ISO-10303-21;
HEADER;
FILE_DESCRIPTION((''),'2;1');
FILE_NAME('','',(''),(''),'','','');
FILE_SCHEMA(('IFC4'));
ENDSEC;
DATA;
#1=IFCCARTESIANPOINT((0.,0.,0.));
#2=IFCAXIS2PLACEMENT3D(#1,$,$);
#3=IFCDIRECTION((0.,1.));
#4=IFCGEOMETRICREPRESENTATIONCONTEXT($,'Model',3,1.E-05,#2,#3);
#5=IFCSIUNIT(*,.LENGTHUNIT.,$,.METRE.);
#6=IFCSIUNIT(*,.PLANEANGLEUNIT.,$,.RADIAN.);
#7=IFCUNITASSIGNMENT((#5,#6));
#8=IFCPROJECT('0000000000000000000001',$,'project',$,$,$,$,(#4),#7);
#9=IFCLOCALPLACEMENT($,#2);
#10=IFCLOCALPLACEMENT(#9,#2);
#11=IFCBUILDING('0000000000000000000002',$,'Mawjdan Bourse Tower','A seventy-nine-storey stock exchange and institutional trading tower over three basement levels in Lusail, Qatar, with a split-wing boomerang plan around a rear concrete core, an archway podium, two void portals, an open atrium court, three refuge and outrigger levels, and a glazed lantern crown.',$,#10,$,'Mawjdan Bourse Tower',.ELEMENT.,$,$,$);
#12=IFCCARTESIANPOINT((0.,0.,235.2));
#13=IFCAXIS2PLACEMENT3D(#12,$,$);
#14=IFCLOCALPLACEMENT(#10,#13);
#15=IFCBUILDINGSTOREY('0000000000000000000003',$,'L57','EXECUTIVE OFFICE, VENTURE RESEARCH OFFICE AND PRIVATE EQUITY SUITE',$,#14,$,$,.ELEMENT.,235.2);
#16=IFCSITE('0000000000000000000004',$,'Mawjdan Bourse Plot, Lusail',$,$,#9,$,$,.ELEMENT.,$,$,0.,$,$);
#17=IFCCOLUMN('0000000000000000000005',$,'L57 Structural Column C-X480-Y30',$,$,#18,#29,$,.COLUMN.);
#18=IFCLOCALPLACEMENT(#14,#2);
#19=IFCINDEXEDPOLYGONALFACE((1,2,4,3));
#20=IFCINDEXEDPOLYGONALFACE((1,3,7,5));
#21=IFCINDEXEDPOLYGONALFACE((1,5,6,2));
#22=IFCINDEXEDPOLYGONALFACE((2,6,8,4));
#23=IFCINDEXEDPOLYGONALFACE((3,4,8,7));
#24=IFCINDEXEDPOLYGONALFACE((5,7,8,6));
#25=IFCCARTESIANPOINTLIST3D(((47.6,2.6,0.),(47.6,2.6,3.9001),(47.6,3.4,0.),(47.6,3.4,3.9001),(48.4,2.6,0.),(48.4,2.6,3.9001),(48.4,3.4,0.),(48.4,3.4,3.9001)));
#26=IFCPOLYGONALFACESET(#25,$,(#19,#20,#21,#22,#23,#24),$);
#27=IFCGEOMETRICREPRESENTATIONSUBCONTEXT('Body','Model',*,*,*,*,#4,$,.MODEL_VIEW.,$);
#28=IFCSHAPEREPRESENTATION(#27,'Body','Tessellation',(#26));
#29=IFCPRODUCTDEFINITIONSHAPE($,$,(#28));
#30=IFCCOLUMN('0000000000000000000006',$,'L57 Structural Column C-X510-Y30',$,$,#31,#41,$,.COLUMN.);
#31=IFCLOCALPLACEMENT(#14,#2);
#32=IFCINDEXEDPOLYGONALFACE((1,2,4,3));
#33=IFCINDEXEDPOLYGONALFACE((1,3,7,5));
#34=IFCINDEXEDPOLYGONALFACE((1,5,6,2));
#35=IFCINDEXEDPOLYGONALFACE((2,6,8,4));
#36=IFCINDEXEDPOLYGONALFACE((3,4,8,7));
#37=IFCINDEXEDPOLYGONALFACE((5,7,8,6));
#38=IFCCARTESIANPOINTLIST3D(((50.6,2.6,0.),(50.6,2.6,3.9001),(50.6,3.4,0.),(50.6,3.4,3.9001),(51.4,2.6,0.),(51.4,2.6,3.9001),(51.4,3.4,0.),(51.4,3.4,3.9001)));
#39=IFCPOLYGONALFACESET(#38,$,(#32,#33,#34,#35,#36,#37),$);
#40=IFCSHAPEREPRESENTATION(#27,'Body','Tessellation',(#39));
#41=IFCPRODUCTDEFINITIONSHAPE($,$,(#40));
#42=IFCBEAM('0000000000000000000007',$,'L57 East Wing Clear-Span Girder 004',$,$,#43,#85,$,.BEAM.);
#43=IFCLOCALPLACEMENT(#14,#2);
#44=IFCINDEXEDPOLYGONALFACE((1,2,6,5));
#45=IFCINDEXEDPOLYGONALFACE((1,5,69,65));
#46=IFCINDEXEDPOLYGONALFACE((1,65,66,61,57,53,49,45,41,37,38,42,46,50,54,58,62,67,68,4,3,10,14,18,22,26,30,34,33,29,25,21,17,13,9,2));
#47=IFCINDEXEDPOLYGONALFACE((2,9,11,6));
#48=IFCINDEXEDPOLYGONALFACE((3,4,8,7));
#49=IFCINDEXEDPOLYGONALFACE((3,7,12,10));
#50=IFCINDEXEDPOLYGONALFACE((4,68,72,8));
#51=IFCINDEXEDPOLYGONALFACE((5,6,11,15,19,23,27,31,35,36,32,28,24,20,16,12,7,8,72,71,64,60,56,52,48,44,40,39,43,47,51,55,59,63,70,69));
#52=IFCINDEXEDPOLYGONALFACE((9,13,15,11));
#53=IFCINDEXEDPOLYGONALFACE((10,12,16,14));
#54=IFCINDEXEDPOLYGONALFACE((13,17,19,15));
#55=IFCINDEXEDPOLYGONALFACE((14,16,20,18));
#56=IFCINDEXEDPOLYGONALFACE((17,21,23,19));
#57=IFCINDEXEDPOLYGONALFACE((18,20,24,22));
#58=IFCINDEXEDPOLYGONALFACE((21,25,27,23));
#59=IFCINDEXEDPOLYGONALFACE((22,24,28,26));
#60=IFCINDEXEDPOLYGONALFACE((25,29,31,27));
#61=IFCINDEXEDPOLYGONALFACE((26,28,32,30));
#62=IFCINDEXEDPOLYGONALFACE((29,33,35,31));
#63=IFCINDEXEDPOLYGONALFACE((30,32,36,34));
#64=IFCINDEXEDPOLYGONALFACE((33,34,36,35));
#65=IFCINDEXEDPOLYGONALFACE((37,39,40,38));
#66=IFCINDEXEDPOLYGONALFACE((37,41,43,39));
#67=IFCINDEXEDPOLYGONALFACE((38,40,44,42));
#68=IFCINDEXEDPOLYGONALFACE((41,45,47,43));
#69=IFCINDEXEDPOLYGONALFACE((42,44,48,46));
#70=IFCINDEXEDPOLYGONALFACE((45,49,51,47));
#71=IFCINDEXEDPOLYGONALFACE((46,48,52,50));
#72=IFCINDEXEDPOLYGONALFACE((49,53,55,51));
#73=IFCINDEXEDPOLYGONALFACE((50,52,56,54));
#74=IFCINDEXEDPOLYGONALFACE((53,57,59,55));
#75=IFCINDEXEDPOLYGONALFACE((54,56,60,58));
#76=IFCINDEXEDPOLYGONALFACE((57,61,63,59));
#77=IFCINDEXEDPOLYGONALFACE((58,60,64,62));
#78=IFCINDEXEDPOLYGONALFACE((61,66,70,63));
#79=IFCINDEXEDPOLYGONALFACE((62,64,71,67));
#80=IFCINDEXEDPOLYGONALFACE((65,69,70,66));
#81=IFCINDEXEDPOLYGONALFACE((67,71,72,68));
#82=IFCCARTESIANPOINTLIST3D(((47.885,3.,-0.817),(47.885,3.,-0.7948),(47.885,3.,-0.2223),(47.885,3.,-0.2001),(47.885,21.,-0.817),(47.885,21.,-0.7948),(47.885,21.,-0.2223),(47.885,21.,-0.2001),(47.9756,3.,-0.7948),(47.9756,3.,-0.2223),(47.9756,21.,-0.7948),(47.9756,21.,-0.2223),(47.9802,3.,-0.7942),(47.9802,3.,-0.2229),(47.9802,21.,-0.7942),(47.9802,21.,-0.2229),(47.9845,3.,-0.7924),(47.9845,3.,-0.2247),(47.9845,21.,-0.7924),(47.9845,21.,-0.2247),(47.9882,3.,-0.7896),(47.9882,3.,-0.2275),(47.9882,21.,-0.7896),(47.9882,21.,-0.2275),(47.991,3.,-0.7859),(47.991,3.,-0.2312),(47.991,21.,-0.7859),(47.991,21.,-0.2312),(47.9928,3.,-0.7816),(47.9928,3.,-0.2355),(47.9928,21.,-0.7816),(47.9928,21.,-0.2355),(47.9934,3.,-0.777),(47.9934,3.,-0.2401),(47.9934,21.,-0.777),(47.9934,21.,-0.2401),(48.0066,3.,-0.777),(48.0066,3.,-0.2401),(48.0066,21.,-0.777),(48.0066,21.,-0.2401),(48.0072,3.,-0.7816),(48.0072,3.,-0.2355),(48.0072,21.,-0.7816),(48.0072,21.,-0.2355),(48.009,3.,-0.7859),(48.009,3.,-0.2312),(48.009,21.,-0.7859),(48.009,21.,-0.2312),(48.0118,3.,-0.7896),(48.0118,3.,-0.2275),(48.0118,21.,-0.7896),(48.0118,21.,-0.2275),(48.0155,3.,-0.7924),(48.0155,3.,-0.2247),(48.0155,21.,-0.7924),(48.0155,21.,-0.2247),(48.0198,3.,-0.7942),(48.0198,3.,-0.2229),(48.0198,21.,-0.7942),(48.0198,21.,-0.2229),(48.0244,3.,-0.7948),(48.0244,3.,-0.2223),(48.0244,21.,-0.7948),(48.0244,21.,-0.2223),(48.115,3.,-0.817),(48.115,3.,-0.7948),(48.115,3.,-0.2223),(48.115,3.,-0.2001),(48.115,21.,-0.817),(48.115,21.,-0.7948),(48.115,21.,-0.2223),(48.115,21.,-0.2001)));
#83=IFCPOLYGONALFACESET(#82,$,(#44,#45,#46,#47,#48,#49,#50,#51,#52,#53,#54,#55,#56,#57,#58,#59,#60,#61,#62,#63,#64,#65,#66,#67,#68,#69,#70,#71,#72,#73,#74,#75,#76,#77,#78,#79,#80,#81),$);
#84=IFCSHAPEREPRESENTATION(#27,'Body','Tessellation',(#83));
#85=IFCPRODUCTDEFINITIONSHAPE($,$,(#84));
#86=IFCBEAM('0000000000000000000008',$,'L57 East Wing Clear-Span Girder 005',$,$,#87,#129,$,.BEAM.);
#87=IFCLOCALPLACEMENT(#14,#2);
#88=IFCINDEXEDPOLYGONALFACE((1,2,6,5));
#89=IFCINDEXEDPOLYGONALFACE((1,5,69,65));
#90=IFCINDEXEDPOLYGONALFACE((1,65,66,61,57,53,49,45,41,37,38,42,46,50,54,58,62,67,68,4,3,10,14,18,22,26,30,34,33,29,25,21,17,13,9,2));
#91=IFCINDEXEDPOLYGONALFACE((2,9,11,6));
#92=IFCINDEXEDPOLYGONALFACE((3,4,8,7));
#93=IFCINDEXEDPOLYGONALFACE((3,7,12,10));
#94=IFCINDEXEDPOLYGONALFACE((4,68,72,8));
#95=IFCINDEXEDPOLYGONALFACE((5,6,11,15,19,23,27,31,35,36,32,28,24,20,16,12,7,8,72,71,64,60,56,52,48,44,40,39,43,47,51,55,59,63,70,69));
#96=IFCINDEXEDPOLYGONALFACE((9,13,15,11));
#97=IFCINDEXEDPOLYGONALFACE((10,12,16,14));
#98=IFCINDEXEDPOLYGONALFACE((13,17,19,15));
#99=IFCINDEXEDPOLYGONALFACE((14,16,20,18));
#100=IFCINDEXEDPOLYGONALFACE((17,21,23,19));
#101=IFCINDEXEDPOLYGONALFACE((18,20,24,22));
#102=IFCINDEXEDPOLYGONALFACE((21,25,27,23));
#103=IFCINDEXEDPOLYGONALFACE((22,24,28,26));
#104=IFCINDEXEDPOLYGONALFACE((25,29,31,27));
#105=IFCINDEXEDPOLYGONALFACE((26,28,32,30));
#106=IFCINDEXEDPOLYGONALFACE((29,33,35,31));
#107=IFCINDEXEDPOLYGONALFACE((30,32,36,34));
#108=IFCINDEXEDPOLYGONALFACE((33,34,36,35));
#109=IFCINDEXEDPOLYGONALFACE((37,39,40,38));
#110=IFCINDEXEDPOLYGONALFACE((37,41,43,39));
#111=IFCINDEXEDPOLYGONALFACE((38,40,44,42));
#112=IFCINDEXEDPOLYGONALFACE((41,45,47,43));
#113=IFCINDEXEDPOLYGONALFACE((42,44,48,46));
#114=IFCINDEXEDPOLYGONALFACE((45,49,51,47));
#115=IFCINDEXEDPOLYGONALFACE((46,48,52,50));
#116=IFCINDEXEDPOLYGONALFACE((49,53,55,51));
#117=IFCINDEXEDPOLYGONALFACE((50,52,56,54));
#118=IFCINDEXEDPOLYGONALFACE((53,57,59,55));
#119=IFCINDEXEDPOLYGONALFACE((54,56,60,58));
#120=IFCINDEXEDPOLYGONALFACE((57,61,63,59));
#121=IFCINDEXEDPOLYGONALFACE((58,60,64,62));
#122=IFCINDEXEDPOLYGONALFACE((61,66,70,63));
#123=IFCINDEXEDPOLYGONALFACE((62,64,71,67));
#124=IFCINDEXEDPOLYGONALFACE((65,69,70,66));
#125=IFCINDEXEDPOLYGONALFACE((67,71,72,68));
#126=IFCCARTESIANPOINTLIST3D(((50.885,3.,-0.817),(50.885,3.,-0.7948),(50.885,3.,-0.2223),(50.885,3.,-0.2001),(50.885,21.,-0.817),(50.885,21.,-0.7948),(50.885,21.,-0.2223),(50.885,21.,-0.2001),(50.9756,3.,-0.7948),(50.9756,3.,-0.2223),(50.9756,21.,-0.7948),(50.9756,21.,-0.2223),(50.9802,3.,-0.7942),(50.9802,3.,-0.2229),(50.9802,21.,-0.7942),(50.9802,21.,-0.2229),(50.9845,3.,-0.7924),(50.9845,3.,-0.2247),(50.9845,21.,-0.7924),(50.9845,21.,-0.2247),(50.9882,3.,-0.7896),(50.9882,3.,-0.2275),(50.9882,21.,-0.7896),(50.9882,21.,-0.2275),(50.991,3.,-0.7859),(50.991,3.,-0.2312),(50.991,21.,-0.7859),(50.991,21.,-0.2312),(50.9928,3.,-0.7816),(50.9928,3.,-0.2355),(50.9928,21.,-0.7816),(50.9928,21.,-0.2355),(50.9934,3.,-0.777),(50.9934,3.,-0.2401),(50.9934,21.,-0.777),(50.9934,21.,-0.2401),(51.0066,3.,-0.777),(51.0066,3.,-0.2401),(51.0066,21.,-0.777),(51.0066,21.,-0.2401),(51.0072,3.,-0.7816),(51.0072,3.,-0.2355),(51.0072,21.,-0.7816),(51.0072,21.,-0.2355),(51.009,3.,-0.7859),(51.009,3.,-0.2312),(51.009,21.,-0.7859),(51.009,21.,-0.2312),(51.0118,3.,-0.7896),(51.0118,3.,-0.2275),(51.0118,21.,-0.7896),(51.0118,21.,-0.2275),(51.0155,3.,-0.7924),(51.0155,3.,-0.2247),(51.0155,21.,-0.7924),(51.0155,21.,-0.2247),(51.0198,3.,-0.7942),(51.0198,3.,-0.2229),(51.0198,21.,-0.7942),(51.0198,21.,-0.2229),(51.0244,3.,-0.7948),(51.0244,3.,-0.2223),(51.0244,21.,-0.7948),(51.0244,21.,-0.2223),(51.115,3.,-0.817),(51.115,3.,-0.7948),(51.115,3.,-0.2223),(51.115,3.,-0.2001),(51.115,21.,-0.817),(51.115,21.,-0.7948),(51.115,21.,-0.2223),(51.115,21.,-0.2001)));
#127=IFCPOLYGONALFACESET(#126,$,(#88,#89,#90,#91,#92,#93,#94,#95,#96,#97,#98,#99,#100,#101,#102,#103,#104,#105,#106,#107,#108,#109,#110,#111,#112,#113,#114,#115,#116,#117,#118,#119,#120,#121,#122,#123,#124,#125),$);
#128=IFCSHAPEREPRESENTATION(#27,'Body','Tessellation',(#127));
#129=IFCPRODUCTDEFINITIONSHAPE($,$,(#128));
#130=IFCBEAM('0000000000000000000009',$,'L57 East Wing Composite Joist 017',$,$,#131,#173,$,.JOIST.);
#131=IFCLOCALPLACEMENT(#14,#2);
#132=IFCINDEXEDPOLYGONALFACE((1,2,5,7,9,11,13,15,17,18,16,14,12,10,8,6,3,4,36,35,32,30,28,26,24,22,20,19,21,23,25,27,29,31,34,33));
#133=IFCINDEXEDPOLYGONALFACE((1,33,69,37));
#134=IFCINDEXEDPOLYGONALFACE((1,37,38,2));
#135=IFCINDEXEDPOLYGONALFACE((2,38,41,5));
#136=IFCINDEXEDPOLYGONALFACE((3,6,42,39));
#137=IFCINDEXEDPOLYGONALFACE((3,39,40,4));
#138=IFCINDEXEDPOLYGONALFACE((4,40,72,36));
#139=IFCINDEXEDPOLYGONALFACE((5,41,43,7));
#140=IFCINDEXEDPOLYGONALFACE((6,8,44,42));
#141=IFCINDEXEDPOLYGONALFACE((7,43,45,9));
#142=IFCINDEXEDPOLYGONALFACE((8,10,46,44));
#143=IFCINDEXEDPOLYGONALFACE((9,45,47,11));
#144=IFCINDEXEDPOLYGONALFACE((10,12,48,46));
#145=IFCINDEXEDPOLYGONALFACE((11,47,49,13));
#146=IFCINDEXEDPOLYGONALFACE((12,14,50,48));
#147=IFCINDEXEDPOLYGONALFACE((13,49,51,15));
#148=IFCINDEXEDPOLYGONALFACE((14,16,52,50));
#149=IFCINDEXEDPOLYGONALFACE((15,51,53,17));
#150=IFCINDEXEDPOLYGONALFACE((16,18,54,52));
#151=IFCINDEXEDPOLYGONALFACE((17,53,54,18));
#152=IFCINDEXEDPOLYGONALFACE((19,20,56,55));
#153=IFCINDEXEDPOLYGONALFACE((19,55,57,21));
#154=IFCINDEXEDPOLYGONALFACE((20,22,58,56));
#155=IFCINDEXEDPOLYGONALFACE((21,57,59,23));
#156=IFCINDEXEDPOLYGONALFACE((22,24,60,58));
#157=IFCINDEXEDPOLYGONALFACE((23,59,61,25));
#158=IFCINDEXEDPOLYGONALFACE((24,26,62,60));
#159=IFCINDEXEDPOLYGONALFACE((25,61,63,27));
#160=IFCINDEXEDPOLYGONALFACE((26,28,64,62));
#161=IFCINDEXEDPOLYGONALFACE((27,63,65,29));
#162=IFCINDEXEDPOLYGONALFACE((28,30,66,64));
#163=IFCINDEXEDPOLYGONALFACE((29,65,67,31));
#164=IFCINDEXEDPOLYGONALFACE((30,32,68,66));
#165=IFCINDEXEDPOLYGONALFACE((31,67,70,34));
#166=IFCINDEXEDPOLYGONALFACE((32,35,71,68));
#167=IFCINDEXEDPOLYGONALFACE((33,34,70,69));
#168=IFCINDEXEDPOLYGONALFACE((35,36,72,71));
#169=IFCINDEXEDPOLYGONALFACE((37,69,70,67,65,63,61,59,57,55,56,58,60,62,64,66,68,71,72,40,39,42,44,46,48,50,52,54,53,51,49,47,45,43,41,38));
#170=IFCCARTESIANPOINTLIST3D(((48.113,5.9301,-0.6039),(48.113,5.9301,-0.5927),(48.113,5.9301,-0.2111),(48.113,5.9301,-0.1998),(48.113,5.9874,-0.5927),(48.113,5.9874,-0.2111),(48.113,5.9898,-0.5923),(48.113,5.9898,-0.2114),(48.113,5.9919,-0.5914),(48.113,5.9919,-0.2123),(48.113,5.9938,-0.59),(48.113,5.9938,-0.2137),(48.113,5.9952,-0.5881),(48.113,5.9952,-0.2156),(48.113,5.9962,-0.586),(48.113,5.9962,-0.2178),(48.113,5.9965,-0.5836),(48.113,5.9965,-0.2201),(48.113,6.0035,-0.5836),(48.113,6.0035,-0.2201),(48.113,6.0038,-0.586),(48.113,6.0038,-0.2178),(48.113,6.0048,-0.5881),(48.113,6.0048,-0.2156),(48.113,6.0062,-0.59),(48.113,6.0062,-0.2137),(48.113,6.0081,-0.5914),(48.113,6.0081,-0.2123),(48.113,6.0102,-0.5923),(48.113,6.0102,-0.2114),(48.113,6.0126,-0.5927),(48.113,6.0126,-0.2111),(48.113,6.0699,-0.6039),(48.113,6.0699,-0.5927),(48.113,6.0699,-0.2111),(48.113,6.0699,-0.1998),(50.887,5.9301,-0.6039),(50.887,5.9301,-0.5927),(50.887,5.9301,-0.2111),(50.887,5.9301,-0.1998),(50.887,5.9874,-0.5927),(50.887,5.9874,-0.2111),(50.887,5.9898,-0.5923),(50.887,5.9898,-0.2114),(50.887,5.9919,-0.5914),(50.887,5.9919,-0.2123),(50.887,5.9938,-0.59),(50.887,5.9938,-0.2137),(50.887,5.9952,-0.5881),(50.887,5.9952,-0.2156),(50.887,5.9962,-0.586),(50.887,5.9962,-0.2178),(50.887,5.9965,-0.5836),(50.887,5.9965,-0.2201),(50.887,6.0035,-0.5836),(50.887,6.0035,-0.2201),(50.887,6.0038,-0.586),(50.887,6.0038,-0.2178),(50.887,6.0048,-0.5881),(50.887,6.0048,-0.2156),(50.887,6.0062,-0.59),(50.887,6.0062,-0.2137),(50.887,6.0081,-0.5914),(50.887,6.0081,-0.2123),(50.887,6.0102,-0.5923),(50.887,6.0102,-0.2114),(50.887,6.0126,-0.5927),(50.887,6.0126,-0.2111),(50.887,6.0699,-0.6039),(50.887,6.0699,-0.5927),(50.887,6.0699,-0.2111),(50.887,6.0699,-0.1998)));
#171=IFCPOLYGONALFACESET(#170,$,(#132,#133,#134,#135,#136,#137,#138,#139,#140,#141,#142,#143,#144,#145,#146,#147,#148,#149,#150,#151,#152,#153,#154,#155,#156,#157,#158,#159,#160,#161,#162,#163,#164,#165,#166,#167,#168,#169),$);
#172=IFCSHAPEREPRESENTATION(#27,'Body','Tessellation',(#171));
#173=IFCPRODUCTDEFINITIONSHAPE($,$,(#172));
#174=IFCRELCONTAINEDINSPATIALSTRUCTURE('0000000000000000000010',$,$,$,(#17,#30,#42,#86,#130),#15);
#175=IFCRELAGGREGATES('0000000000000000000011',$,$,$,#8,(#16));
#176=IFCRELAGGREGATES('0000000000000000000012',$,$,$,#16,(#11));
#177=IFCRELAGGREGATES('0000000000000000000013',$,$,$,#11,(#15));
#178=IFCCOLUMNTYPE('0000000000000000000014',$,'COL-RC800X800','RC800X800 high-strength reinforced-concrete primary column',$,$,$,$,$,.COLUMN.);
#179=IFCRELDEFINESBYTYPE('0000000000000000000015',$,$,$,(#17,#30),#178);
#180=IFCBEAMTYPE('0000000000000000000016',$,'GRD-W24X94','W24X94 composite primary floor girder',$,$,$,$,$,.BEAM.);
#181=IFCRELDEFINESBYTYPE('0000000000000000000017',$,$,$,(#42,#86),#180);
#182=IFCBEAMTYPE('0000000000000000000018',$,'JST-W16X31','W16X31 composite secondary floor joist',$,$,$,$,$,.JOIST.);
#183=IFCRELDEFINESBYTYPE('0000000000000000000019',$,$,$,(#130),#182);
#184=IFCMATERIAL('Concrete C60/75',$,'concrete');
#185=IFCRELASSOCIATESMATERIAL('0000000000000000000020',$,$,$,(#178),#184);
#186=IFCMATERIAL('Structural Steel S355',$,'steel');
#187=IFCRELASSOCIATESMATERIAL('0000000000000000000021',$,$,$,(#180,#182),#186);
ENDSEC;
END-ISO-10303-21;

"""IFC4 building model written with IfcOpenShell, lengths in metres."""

from ifc_helpers import new_model, si_unit, direction, frame, origin, origin_2d, place, context, subcontext, project, spatial, rectangle, i_section, extrude, material, material_profile, profile_set, type_object, element, save


model = new_model("IFC4")

# Units and contexts
model_context = context("Model", 3, precision=1e-05, world=origin(), true_north=direction((0.0, 1.0)))
body_context = subcontext(model_context, "Body", "Model", "MODEL_VIEW")
ifc_project = project(units=[si_unit("LENGTHUNIT", "METRE"), si_unit("PLANEANGLEUNIT", "RADIAN")], contexts=[model_context])

# Site, building, storey
site_placement = place(None, origin())
site = spatial("IfcSite", under=ifc_project, at=site_placement, Name="Mawjdan Bourse Plot, Lusail", CompositionType="ELEMENT", RefElevation=0.0)
building_placement = place(site_placement, origin())
building = spatial("IfcBuilding", under=site, at=building_placement, Name="Mawjdan Bourse Tower", Description="A seventy-nine-storey stock exchange and institutional trading tower over three basement levels in Lusail, Qatar, with a split-wing boomerang plan around a rear concrete core, an archway podium, two void portals, an open atrium court, three refuge and outrigger levels, and a glazed lantern crown.", LongName="Mawjdan Bourse Tower", CompositionType="ELEMENT")
storey_placement = place(building_placement, frame((0.0, 0.0, 235.2)))
storey = spatial("IfcBuildingStorey", under=building, at=storey_placement, Name="L57", Description="EXECUTIVE OFFICE, VENTURE RESEARCH OFFICE AND PRIVATE EQUITY SUITE", CompositionType="ELEMENT", Elevation=235.2)

# Columns
ifc_material_1 = material(Name="Concrete C60/75", Category="concrete")
ifc_material_profile_1 = material_profile(ifc_material_1, rectangle(XDim=0.8, YDim=0.8, at=origin_2d()), Name="RC800X800")
ifc_profile_set_1 = profile_set([ifc_material_profile_1], Name="Concrete C60/75")
column_type = type_object("IfcColumnType", Name="COL-RC800X800", Description="RC800X800 high-strength reinforced-concrete primary column", PredefinedType="COLUMN", material=ifc_profile_set_1)
for number, where, z_axis, x_axis, name in (
    (1, (48.0, 3.0, 0.0), (0.0, 0.0, 1.0), (1.0, 0.0, 0.0), "L57 Structural Column C-X480-Y30"),
    (2, (51.0, 3.0, 0.0), (0.0, 0.0, 1.0), (1.0, 0.0, 0.0), "L57 Structural Column C-X510-Y30"),
):
    element("IfcColumn", number, at=place(storey_placement, frame(where, z_axis=z_axis, x_axis=x_axis)), inside=storey, type_object=column_type, Name=name, PredefinedType="COLUMN", context=body_context, shape_type="SweptSolid", body=[
        extrude(rectangle(XDim=0.8, YDim=0.8, at=origin_2d()), origin(), (0.0, 0.0, 1.0), 3.9001),
    ])

# Beams
ifc_material_2 = material(Name="Structural Steel S355", Category="steel")
ifc_material_profile_2 = material_profile(ifc_material_2, i_section(OverallWidth=0.23, OverallDepth=0.6169, WebThickness=0.0132, FlangeThickness=0.0222, FilletRadius=0.0178, at=origin_2d()), Name="W24X94")
ifc_profile_set_2 = profile_set([ifc_material_profile_2], Name="Structural Steel S355")
beam_type_1 = type_object("IfcBeamType", Name="GRD-W24X94", Description="W24X94 composite primary floor girder", PredefinedType="BEAM", material=ifc_profile_set_2)
for number, where, z_axis, x_axis, name in (
    (3, (48.0, 3.0, -0.5085), (0.0, 1.0, 0.0), (-1.0, 0.0, 0.0), "L57 East Wing Clear-Span Girder 004"),
    (4, (51.0, 3.0, -0.5085), (0.0, 1.0, 0.0), (-1.0, 0.0, 0.0), "L57 East Wing Clear-Span Girder 005"),
):
    element("IfcBeam", number, at=place(storey_placement, frame(where, z_axis=z_axis, x_axis=x_axis)), inside=storey, type_object=beam_type_1, Name=name, PredefinedType="BEAM", context=body_context, shape_type="SweptSolid", body=[
        extrude(i_section(OverallWidth=0.23, OverallDepth=0.6169, WebThickness=0.0132, FlangeThickness=0.0222, FilletRadius=0.0178, at=origin_2d()), origin(), (0.0, 0.0, 1.0), 18.0),
    ])
ifc_material_profile_3 = material_profile(ifc_material_2, i_section(OverallWidth=0.1399, OverallDepth=0.4041, WebThickness=0.0071, FlangeThickness=0.0112, FilletRadius=0.009, at=origin_2d()), Name="W16X31")
ifc_profile_set_3 = profile_set([ifc_material_profile_3], Name="Structural Steel S355")
beam_type_2 = type_object("IfcBeamType", Name="JST-W16X31", Description="W16X31 composite secondary floor joist", PredefinedType="JOIST", material=ifc_profile_set_3)
for number, where, z_axis, x_axis, name in (
    (5, (48.113, 6.0, -0.4019), (1.0, 0.0, 0.0), (0.0, 1.0, 0.0), "L57 East Wing Composite Joist 017"),
):
    element("IfcBeam", number, at=place(storey_placement, frame(where, z_axis=z_axis, x_axis=x_axis)), inside=storey, type_object=beam_type_2, Name=name, PredefinedType="JOIST", context=body_context, shape_type="SweptSolid", body=[
        extrude(i_section(OverallWidth=0.1399, OverallDepth=0.4041, WebThickness=0.0071, FlangeThickness=0.0112, FilletRadius=0.009, at=origin_2d()), origin(), (0.0, 0.0, 1.0), 2.7739),
    ])

save(model, "model.ifc")
